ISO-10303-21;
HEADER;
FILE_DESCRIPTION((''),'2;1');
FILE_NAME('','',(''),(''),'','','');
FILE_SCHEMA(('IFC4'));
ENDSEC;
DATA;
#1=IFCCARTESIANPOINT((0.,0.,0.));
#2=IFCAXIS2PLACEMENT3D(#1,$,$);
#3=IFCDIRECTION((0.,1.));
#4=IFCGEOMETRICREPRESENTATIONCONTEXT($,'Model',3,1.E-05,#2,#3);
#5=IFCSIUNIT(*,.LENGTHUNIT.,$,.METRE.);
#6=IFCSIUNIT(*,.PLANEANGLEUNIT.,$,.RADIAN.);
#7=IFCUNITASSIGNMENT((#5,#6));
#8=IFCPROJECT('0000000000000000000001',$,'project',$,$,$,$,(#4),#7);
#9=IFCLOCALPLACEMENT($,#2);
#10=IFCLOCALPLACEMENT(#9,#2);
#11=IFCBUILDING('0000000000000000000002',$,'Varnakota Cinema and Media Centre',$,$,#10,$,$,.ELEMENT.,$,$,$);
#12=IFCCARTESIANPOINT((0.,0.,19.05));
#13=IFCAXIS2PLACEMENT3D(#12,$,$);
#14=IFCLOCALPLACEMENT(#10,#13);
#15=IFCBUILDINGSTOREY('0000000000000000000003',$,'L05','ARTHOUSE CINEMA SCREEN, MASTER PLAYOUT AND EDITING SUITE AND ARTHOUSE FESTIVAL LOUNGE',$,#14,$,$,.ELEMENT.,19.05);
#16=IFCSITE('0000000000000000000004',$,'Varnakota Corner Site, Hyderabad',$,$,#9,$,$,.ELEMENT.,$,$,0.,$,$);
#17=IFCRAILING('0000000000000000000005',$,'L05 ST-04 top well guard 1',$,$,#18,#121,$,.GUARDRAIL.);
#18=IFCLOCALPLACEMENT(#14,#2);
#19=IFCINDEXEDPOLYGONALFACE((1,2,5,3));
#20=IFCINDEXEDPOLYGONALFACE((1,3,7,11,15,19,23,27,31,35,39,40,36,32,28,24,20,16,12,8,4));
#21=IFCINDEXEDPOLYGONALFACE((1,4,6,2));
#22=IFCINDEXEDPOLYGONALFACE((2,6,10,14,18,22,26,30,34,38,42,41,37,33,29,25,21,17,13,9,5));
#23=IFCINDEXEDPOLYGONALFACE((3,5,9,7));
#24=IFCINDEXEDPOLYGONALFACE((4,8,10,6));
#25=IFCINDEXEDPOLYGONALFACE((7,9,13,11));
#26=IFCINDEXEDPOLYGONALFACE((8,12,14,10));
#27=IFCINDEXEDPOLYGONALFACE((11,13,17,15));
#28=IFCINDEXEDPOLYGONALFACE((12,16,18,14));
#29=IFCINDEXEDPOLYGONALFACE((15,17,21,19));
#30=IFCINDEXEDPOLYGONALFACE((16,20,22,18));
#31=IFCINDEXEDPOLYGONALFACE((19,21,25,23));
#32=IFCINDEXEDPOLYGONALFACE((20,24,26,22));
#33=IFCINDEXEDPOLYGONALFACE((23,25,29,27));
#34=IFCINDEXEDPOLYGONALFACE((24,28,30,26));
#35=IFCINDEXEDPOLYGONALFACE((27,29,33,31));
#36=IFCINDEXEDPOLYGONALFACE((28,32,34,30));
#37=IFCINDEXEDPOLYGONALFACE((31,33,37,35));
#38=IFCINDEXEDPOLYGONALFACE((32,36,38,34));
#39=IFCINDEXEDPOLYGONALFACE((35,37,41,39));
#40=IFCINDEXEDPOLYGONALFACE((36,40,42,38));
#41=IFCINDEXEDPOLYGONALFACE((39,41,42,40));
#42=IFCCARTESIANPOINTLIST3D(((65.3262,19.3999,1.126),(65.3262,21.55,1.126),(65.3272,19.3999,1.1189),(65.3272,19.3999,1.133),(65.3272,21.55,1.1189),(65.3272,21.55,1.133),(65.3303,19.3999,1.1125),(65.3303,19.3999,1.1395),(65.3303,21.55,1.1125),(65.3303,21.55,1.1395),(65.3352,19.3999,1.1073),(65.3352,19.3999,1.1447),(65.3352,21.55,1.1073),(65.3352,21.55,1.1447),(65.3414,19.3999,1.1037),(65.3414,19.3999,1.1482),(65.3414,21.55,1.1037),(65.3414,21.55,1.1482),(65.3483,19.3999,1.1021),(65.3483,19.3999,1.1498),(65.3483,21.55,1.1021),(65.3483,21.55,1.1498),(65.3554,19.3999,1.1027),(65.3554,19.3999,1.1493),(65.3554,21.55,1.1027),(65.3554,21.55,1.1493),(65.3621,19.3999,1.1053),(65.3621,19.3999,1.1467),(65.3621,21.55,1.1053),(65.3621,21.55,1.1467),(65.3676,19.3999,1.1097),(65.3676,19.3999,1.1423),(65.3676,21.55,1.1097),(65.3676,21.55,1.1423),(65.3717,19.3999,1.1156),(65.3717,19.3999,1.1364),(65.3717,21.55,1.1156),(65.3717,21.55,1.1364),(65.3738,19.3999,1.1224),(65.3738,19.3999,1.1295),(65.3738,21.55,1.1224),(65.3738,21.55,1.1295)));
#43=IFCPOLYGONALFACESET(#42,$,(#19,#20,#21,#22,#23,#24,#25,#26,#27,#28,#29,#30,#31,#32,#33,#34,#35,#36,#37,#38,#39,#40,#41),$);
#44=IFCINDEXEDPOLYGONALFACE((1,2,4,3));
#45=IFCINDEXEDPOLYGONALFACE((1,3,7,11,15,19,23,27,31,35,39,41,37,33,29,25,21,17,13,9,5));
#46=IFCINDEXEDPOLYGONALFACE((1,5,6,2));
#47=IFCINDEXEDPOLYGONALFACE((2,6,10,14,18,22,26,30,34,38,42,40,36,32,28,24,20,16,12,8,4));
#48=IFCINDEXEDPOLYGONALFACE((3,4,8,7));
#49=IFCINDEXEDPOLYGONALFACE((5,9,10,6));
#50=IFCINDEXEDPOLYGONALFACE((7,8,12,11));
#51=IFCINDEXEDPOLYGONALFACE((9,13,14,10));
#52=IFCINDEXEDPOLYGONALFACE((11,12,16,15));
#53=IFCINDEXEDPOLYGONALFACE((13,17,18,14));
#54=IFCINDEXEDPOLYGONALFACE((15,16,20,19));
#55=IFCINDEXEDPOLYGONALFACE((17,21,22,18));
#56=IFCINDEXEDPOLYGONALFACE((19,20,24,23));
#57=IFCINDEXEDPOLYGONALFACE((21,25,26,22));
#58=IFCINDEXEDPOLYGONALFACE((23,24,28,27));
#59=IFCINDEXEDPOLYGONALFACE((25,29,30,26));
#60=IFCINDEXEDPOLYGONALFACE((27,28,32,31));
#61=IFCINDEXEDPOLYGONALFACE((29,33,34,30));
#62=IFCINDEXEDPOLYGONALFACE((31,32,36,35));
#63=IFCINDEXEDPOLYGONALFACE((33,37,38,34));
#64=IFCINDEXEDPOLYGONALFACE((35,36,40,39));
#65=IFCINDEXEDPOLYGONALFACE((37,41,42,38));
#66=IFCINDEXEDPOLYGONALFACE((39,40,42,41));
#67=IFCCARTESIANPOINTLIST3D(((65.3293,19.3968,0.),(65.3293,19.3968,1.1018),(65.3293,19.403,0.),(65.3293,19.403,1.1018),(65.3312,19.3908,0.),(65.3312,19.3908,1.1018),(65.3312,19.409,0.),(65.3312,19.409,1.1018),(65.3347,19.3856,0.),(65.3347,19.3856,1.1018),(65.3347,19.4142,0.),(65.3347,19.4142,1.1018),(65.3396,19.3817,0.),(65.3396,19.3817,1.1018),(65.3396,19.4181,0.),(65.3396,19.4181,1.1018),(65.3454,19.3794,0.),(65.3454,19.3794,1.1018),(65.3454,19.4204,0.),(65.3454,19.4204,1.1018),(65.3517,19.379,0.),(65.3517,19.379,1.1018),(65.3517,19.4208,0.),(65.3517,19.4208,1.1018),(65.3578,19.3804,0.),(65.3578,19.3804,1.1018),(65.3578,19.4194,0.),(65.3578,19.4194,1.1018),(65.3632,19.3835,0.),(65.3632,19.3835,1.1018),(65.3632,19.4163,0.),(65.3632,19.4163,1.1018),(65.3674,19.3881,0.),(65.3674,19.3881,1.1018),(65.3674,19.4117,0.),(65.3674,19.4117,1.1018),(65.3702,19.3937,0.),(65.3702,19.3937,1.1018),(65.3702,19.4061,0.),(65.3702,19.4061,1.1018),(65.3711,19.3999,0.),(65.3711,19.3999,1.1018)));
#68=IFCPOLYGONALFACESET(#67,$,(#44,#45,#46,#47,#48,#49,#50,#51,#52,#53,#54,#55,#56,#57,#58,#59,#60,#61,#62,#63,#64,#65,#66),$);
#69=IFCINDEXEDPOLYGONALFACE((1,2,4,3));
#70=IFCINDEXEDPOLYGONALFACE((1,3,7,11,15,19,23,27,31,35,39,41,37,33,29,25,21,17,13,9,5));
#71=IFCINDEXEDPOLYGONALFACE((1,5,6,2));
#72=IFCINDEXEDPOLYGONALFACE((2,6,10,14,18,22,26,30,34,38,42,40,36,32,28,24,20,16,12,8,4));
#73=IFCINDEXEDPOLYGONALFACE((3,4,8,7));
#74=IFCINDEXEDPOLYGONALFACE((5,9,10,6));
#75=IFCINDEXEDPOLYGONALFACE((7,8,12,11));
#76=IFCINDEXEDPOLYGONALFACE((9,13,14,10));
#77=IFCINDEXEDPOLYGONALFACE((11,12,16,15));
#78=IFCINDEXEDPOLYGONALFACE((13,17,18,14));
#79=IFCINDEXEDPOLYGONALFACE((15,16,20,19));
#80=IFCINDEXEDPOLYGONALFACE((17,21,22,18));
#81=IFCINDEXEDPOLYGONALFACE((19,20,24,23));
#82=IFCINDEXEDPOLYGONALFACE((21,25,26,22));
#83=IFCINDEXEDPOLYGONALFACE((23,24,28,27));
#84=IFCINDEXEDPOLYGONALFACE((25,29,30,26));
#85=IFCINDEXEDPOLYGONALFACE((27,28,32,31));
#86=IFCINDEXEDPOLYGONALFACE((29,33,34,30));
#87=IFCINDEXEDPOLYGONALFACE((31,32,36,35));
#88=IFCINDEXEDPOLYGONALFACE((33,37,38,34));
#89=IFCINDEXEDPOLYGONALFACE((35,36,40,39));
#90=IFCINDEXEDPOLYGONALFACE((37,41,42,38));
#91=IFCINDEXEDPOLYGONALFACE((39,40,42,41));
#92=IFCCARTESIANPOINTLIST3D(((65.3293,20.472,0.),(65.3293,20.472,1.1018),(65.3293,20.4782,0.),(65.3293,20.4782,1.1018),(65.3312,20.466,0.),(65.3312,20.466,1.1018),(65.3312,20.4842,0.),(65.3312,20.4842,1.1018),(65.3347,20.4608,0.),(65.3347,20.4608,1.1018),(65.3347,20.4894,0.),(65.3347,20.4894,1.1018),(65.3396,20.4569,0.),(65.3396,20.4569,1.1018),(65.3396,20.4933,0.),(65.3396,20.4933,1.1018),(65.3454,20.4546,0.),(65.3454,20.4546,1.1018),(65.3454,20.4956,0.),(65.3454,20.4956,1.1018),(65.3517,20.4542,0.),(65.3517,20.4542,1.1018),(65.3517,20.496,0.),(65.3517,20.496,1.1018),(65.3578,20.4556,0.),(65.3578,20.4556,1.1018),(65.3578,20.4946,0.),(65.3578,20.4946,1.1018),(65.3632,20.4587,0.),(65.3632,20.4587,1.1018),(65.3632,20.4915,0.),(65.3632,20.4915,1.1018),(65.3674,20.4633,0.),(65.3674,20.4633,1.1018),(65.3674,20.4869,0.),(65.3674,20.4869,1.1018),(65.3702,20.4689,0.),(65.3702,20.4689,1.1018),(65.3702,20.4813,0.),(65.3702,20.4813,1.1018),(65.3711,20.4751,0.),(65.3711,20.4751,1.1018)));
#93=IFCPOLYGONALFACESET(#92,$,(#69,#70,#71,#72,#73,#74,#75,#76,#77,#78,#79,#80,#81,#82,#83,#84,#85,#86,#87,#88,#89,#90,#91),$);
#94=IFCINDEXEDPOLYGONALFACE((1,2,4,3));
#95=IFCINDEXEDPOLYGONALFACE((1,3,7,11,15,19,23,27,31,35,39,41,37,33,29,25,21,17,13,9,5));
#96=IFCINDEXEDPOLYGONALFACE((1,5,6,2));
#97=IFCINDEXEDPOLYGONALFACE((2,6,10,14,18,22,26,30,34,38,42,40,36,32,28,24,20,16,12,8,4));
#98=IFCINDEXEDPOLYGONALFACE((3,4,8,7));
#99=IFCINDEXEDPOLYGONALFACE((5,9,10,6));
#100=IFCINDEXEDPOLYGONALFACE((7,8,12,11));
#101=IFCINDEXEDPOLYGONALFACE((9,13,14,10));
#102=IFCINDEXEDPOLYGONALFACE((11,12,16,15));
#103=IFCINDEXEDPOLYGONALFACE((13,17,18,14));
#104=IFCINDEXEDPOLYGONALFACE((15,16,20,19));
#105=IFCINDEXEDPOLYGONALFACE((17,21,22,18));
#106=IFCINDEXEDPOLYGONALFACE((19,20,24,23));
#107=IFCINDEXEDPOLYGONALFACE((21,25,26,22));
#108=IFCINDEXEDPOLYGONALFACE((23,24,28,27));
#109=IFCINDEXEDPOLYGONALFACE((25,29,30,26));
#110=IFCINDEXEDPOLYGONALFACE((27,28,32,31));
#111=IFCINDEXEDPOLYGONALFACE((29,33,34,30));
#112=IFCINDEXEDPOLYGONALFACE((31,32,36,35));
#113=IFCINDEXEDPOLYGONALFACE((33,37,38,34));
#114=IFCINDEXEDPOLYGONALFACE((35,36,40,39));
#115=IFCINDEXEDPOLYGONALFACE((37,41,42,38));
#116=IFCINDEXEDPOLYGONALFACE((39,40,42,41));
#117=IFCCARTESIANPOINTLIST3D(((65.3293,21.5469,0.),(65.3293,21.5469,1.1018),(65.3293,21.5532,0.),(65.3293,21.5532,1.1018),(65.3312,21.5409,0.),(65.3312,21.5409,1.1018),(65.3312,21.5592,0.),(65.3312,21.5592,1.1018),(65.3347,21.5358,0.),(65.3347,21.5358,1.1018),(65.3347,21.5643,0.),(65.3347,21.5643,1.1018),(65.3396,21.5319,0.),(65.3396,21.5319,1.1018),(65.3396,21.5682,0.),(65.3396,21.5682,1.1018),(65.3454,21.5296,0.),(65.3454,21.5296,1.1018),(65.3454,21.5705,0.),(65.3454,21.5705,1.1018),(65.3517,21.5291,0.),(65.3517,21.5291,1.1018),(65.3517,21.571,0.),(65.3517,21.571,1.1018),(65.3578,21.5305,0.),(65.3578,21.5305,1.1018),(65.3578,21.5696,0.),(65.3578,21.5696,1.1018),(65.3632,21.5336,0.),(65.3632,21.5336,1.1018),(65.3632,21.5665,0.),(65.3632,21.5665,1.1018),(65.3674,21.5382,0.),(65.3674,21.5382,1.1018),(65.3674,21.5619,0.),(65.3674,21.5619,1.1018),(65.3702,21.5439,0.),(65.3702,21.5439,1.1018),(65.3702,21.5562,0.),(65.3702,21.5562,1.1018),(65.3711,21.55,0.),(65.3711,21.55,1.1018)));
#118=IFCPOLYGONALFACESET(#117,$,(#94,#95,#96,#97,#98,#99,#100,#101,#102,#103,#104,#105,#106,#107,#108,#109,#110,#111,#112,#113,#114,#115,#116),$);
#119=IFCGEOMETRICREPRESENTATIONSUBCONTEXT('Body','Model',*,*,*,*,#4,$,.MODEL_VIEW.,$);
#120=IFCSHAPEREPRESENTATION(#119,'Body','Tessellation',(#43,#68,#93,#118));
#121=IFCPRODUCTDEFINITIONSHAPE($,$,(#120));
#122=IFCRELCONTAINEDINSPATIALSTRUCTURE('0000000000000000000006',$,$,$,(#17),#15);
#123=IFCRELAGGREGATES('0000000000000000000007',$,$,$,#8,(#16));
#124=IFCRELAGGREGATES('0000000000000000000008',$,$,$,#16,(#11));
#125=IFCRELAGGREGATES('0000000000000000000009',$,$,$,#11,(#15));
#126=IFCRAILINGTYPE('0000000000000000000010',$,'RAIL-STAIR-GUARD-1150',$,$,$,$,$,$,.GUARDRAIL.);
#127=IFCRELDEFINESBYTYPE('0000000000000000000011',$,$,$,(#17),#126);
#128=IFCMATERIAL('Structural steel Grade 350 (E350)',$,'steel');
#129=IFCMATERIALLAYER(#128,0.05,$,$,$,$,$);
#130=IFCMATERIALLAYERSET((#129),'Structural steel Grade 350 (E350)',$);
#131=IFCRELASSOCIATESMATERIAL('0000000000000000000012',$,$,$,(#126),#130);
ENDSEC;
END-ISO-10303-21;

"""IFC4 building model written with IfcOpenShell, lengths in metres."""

from ifc_helpers import new_model, si_unit, direction, frame, origin, origin_2d, place, context, subcontext, project, spatial, circle, extrude, material, layer, layer_set, type_object, element, save


model = new_model("IFC4")

# Units and contexts
model_context = context("Model", 3, precision=1e-05, world=origin(), true_north=direction((0.0, 1.0)))
body_context = subcontext(model_context, "Body", "Model", "MODEL_VIEW")
ifc_project = project(units=[si_unit("LENGTHUNIT", "METRE"), si_unit("PLANEANGLEUNIT", "RADIAN")], contexts=[model_context])

# Site, building, storey
site_placement = place(None, origin())
site = spatial("IfcSite", under=ifc_project, at=site_placement, Name="Varnakota Corner Site, Hyderabad", CompositionType="ELEMENT", RefElevation=0.0)
building_placement = place(site_placement, origin())
building = spatial("IfcBuilding", under=site, at=building_placement, Name="Varnakota Cinema and Media Centre", CompositionType="ELEMENT")
storey_placement = place(building_placement, frame((0.0, 0.0, 19.05)))
storey = spatial("IfcBuildingStorey", under=building, at=storey_placement, Name="L05", Description="ARTHOUSE CINEMA SCREEN, MASTER PLAYOUT AND EDITING SUITE AND ARTHOUSE FESTIVAL LOUNGE", CompositionType="ELEMENT", Elevation=19.05)

# Railing
ifc_material_1 = material(Name="Structural steel Grade 350 (E350)", Category="steel")
ifc_layer_1 = layer(ifc_material_1, 0.05)
ifc_layer_set_1 = layer_set([ifc_layer_1], Name="Structural steel Grade 350 (E350)")
railing_type = type_object("IfcRailingType", Name="RAIL-STAIR-GUARD-1150", PredefinedType="GUARDRAIL", material=ifc_layer_set_1)
railing_placement = place(storey_placement, frame((65.3501, 19.3999, 0.0)))
element("IfcRailing", 1, at=railing_placement, inside=storey, type_object=railing_type, Name="L05 ST-04 top well guard 1", PredefinedType="GUARDRAIL", context=body_context, shape_type="SweptSolid", body=[
    extrude(circle(Radius=0.0239, at=origin_2d()), frame((0.0, 0.0, 1.126), z_axis=(0.0, 1.0, 0.0), x_axis=(-1.0, 0.0, 0.0)), (0.0, 0.0, 1.0), 2.1501),
    extrude(circle(Radius=0.021, at=origin_2d()), origin(), (0.0, 0.0, 1.0), 1.1018),
    extrude(circle(Radius=0.021, at=origin_2d()), frame((0.0, 1.0752, 0.0)), (0.0, 0.0, 1.0), 1.1018),
    extrude(circle(Radius=0.021, at=origin_2d()), frame((0.0, 2.1501, 0.0)), (0.0, 0.0, 1.0), 1.1018),
])

save(model, "model.ifc")
